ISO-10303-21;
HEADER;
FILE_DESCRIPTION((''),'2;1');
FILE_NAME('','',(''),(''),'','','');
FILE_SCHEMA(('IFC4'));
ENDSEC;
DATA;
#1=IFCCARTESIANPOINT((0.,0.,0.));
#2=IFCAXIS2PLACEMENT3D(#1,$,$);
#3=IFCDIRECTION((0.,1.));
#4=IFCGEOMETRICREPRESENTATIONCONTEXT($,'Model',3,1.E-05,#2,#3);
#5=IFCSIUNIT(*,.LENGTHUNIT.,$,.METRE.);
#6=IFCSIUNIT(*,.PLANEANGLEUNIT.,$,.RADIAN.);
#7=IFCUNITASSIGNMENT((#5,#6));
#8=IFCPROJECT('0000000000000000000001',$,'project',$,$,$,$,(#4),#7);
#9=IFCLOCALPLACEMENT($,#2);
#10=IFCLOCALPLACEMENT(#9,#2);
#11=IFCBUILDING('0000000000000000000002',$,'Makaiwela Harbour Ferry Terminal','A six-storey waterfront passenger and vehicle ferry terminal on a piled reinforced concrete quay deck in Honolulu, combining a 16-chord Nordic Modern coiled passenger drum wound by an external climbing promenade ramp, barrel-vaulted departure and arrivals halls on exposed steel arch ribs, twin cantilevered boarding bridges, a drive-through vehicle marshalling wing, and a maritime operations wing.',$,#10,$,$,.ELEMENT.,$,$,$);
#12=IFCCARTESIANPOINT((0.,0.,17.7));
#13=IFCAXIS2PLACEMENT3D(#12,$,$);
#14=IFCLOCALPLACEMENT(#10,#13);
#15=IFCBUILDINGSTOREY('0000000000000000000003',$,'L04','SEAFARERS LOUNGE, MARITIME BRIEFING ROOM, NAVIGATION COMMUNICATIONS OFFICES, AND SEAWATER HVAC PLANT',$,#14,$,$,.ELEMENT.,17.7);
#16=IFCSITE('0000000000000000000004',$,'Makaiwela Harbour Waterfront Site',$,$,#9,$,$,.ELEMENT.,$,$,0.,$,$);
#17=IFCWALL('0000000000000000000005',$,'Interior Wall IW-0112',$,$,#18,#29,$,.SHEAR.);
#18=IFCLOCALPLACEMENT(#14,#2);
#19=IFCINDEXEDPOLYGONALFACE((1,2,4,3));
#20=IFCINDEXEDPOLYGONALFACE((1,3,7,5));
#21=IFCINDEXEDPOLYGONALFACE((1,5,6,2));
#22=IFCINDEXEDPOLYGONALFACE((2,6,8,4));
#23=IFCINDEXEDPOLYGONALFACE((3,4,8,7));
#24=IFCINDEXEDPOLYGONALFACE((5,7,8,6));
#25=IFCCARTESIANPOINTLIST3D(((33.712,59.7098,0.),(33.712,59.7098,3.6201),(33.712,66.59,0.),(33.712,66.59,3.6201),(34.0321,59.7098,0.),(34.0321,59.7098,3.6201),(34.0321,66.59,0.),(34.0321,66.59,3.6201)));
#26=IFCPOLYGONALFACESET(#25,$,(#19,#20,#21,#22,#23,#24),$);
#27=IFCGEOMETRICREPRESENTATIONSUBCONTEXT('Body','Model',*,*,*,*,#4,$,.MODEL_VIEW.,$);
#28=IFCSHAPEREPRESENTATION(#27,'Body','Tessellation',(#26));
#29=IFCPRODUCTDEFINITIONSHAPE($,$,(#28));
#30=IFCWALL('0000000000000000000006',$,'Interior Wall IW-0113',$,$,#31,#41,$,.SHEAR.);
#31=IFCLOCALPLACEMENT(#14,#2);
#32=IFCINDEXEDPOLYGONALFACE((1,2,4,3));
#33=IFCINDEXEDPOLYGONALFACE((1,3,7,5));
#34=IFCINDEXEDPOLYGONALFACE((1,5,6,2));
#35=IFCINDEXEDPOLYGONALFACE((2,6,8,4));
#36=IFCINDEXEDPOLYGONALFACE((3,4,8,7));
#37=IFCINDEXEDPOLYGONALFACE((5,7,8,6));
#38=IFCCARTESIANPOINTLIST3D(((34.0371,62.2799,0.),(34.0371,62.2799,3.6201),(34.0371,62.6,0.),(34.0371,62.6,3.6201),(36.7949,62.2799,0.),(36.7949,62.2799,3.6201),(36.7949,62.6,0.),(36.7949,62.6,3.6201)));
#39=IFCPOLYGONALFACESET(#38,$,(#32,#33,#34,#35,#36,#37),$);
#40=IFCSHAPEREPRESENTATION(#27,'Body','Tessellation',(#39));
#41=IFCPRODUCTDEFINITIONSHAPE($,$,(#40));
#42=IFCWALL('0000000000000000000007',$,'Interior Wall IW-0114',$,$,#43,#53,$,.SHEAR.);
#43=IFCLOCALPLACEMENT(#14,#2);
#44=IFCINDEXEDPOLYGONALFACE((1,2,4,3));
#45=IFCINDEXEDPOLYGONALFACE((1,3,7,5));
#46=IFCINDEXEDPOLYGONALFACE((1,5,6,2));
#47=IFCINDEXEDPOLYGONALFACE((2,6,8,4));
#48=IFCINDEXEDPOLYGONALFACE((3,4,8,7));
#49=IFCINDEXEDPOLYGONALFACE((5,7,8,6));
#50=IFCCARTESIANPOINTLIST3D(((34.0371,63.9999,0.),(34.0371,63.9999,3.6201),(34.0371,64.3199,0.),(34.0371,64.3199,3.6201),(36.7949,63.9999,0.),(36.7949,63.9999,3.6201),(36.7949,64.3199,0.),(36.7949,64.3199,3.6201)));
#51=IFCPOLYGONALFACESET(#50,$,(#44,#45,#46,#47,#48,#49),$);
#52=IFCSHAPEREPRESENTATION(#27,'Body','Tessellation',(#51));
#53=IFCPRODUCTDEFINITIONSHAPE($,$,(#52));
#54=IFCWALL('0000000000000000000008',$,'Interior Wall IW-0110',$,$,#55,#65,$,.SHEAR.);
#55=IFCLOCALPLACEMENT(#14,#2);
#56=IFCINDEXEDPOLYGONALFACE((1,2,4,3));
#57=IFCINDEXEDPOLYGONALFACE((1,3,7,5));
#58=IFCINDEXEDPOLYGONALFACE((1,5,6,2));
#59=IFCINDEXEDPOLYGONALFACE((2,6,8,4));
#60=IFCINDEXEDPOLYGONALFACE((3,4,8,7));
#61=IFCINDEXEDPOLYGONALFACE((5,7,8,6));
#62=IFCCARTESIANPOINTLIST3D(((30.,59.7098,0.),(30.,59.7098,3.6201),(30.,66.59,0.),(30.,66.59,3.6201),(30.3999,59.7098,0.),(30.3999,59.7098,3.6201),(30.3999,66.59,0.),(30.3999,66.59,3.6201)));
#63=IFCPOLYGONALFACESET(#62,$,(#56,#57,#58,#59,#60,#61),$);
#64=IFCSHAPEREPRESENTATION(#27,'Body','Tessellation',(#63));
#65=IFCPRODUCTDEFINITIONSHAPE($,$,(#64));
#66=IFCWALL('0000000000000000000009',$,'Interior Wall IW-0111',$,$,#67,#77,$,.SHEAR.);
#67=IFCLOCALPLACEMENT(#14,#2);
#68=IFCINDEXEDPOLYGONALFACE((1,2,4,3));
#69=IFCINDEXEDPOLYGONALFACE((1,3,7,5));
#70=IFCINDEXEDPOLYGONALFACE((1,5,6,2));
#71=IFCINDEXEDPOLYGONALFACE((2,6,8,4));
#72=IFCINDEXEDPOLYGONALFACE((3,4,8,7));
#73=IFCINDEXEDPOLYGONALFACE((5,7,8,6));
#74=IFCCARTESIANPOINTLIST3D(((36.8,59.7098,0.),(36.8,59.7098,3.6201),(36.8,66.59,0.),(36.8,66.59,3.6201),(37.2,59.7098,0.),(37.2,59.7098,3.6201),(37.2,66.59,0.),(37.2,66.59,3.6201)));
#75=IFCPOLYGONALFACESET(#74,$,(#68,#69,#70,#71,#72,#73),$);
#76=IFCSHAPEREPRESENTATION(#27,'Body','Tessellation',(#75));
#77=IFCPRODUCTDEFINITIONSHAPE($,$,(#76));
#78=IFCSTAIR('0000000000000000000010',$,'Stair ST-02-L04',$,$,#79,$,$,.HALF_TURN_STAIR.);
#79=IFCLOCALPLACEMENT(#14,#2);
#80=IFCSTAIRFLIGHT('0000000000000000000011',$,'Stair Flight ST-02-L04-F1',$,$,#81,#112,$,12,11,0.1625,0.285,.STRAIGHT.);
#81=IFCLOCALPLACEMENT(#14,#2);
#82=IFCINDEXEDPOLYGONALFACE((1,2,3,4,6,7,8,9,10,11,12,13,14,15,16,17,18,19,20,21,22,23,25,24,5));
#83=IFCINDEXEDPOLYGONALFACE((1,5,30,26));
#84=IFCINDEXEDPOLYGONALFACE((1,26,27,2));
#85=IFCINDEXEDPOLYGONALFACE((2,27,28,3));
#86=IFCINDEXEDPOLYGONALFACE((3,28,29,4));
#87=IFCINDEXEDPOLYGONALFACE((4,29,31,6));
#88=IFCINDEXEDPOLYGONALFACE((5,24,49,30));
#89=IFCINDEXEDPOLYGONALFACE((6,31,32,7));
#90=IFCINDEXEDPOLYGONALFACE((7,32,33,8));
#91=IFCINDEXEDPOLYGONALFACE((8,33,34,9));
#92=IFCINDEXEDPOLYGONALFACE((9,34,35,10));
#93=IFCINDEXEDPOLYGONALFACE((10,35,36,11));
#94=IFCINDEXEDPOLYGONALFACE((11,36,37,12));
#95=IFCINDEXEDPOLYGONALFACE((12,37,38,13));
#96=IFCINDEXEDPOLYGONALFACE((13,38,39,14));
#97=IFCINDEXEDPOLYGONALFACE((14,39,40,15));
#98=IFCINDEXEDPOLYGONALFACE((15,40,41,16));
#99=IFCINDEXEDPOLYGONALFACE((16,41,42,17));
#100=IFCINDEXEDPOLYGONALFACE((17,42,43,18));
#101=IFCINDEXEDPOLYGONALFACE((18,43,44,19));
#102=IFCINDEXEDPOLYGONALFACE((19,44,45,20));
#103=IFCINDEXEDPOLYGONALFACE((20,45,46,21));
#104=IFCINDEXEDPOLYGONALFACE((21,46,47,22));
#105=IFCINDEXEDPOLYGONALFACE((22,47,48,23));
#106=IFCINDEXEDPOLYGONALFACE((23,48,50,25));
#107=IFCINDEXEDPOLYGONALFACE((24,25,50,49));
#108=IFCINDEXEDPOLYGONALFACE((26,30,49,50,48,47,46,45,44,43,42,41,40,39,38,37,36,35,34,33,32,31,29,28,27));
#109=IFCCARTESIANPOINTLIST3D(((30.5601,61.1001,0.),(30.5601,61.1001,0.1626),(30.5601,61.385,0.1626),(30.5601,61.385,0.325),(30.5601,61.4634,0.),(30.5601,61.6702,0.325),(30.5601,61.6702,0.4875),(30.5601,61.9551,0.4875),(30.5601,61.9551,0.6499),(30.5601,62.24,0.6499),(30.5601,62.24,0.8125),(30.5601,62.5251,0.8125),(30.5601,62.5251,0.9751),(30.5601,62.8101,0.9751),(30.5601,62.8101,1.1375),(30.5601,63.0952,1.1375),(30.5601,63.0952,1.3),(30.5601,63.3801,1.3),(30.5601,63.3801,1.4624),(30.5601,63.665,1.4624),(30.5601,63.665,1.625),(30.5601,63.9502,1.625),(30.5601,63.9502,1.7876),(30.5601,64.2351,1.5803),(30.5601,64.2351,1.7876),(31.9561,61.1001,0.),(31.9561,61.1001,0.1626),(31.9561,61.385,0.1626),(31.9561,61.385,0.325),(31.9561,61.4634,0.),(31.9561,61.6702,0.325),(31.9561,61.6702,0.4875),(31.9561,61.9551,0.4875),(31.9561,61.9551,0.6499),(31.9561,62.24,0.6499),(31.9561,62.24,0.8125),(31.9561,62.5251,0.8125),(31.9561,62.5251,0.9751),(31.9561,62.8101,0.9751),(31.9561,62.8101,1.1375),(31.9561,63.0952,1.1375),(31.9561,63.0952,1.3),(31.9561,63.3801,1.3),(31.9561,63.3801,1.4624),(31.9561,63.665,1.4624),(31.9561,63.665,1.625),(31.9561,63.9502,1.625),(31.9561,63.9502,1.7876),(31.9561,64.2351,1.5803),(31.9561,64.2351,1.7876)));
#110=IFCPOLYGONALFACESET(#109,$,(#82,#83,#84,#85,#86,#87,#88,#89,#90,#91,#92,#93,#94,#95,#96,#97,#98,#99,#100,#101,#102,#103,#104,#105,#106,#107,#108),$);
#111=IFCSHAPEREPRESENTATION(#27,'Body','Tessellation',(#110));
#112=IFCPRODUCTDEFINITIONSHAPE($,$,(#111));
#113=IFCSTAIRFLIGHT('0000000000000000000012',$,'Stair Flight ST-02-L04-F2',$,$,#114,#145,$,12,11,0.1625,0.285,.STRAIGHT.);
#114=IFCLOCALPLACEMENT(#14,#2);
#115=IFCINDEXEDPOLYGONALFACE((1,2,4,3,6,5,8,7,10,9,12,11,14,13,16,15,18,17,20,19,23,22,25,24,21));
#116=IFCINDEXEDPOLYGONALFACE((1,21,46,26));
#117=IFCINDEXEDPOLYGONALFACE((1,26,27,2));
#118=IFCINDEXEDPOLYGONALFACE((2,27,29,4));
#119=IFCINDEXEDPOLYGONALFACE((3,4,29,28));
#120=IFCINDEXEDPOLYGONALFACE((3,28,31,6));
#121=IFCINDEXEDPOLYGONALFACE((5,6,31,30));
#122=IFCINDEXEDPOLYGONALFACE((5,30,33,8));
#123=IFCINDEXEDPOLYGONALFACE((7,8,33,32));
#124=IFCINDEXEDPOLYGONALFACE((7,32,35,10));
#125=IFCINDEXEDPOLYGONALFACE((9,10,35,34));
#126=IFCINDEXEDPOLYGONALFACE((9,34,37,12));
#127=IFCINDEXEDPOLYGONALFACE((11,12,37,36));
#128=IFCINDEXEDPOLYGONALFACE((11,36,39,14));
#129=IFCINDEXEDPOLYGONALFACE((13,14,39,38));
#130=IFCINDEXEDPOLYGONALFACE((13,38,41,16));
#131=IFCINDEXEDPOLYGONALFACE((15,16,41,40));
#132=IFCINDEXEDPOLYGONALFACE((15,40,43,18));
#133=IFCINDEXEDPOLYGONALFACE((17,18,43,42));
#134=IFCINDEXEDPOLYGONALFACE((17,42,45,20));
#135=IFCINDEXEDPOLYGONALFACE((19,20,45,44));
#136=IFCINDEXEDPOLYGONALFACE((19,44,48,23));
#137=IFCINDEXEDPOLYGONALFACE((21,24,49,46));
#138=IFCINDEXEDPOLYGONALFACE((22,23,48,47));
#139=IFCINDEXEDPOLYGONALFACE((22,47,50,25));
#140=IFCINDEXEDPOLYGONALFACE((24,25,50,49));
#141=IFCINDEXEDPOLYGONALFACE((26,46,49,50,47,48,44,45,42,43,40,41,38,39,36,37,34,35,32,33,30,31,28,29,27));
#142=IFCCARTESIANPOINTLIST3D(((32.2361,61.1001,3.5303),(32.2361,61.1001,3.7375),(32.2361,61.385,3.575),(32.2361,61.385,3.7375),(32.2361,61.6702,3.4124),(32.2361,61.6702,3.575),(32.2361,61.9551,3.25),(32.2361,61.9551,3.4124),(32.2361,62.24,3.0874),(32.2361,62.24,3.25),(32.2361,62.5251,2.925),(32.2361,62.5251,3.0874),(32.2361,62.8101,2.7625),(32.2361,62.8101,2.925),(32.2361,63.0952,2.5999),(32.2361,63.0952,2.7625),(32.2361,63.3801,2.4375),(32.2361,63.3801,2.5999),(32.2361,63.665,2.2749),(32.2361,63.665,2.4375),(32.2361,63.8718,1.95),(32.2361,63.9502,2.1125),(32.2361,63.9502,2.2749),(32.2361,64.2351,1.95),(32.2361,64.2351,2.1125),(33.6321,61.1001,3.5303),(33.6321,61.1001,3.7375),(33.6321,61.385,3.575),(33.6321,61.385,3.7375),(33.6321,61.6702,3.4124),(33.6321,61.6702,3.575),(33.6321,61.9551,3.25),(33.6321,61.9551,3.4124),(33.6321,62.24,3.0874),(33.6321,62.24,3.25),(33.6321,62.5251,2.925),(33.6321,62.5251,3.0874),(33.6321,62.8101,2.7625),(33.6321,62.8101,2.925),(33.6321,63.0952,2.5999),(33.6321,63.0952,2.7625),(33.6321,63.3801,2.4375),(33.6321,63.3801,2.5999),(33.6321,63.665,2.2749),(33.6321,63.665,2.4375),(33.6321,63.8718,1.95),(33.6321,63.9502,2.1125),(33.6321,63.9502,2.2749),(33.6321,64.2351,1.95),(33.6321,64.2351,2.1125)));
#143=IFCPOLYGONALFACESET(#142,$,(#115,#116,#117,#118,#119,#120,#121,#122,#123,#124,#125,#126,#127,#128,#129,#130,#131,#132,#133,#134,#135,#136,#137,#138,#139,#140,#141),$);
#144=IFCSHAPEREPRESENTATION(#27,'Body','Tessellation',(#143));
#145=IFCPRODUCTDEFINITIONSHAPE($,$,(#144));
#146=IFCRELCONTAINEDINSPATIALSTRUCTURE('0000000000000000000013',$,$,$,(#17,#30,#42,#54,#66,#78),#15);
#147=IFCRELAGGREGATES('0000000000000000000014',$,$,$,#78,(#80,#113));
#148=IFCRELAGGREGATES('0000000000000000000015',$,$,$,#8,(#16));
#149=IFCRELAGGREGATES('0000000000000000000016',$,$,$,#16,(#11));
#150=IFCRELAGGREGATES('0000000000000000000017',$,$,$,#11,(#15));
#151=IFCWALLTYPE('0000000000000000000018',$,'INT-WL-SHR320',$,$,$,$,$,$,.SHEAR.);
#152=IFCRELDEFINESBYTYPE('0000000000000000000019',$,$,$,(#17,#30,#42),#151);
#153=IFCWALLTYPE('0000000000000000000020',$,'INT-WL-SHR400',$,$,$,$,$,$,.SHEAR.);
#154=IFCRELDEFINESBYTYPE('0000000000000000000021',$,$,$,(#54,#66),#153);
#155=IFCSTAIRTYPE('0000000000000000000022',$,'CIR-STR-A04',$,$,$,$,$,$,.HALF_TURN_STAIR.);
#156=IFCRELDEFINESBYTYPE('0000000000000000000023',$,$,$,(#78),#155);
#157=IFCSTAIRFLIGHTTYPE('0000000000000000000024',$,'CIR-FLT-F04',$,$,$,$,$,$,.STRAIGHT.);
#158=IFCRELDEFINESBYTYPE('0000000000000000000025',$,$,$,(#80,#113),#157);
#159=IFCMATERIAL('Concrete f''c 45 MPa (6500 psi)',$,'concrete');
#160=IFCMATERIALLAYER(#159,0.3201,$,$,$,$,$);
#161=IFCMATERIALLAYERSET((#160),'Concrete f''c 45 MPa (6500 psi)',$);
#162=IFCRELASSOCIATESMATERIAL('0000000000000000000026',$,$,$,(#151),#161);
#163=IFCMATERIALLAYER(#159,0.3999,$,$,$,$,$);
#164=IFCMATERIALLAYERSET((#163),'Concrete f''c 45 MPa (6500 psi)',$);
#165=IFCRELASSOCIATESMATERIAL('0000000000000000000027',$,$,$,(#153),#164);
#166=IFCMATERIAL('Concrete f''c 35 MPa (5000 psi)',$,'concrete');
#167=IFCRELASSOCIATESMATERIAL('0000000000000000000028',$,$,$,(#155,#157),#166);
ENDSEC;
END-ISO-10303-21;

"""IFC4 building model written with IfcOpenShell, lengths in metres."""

from ifc_helpers import new_model, si_unit, direction, frame, frame_2d, origin, place, context, subcontext, project, spatial, polyline, rectangle, outline, extrude, material, layer, layer_set, type_object, element, aggregate, save


model = new_model("IFC4")

# Units and contexts
model_context = context("Model", 3, precision=1e-05, world=origin(), true_north=direction((0.0, 1.0)))
body_context = subcontext(model_context, "Body", "Model", "MODEL_VIEW")
ifc_project = project(units=[si_unit("LENGTHUNIT", "METRE"), si_unit("PLANEANGLEUNIT", "RADIAN")], contexts=[model_context])

# Site, building, storey
site_placement = place(None, origin())
site = spatial("IfcSite", under=ifc_project, at=site_placement, Name="Makaiwela Harbour Waterfront Site", CompositionType="ELEMENT", RefElevation=0.0)
building_placement = place(site_placement, origin())
building = spatial("IfcBuilding", under=site, at=building_placement, Name="Makaiwela Harbour Ferry Terminal", Description="A six-storey waterfront passenger and vehicle ferry terminal on a piled reinforced concrete quay deck in Honolulu, combining a 16-chord Nordic Modern coiled passenger drum wound by an external climbing promenade ramp, barrel-vaulted departure and arrivals halls on exposed steel arch ribs, twin cantilevered boarding bridges, a drive-through vehicle marshalling wing, and a maritime operations wing.", CompositionType="ELEMENT")
storey_placement = place(building_placement, frame((0.0, 0.0, 17.7)))
storey = spatial("IfcBuildingStorey", under=building, at=storey_placement, Name="L04", Description="SEAFARERS LOUNGE, MARITIME BRIEFING ROOM, NAVIGATION COMMUNICATIONS OFFICES, AND SEAWATER HVAC PLANT", CompositionType="ELEMENT", Elevation=17.7)

# Walls
ifc_material_1 = material(Name="Concrete f'c 45 MPa (6500 psi)", Category="concrete")
ifc_layer_1 = layer(ifc_material_1, 0.3201)
ifc_layer_set_1 = layer_set([ifc_layer_1], Name="Concrete f'c 45 MPa (6500 psi)")
wall_type_1 = type_object("IfcWallType", Name="INT-WL-SHR320", PredefinedType="SHEAR", material=ifc_layer_set_1)
wall_1_placement = place(storey_placement, frame((33.8721, 59.71, 0.0), z_axis=(0.0, 0.0, 1.0), x_axis=(0.0, 1.0, 0.0)))
element("IfcWall", 1, at=wall_1_placement, inside=storey, type_object=wall_type_1, Name="Interior Wall IW-0112", PredefinedType="SHEAR", context=body_context, shape_type="SweptSolid", body=[
    extrude(rectangle(XDim=6.8801, YDim=0.3201, at=frame_2d((3.4399, 0.0))), origin(), (0.0, 0.0, 1.0), 3.6201),
])
for number, where, z_axis, x_axis, name in (
    (2, (34.0371, 62.4399, 0.0), (0.0, 0.0, 1.0), (1.0, 0.0, 0.0), "Interior Wall IW-0113"),
    (3, (34.0371, 64.1599, 0.0), (0.0, 0.0, 1.0), (1.0, 0.0, 0.0), "Interior Wall IW-0114"),
):
    element("IfcWall", number, at=place(storey_placement, frame(where, z_axis=z_axis, x_axis=x_axis)), inside=storey, type_object=wall_type_1, Name=name, PredefinedType="SHEAR", context=body_context, shape_type="SweptSolid", body=[
        extrude(rectangle(XDim=2.7578, YDim=0.3201, at=frame_2d((1.3789, 0.0))), origin(), (0.0, 0.0, 1.0), 3.6201),
    ])

# Shared definitions
ifc_layer_2 = layer(ifc_material_1, 0.3999)
ifc_layer_set_2 = layer_set([ifc_layer_2], Name="Concrete f'c 45 MPa (6500 psi)")
wall_type_2 = type_object("IfcWallType", Name="INT-WL-SHR400", PredefinedType="SHEAR", material=ifc_layer_set_2)

# Walls
for number, where, z_axis, x_axis, name in (
    (4, (30.2, 59.71, 0.0), (0.0, 0.0, 1.0), (0.0, 1.0, 0.0), "Interior Wall IW-0110"),
    (5, (37.0, 59.71, 0.0), (0.0, 0.0, 1.0), (0.0, 1.0, 0.0), "Interior Wall IW-0111"),
):
    element("IfcWall", number, at=place(storey_placement, frame(where, z_axis=z_axis, x_axis=x_axis)), inside=storey, type_object=wall_type_2, Name=name, PredefinedType="SHEAR", context=body_context, shape_type="SweptSolid", body=[
        extrude(rectangle(XDim=6.8801, YDim=0.3999, at=frame_2d((3.4399, 0.0))), origin(), (0.0, 0.0, 1.0), 3.6201),
    ])

# Stair, stair flights
ifc_material_2 = material(Name="Concrete f'c 35 MPa (5000 psi)", Category="concrete")
stair_type = type_object("IfcStairType", Name="CIR-STR-A04", PredefinedType="HALF_TURN_STAIR", material=ifc_material_2)
stair_placement = place(storey_placement, origin())
stair = element("IfcStair", 6, at=stair_placement, inside=storey, type_object=stair_type, Name="Stair ST-02-L04", PredefinedType="HALF_TURN_STAIR")
stair_flight_type = type_object("IfcStairFlightType", Name="CIR-FLT-F04", PredefinedType="STRAIGHT", material=ifc_material_2)
stair_flight_1_placement = place(storey_placement, frame((31.2581, 61.1001, 0.0), z_axis=(0.0, 0.0, 1.0), x_axis=(0.0, 1.0, 0.0)))
stair_flight_1 = element("IfcStairFlight", 7, at=stair_flight_1_placement, type_object=stair_flight_type, Name="Stair Flight ST-02-L04-F1", NumberOfRisers=12, NumberOfTreads=11, PredefinedType="STRAIGHT", RiserHeight=0.1625, TreadLength=0.285, context=body_context, shape_type="SweptSolid", body=[
    extrude(outline(polyline([(0.0, 0.0), (0.0, 0.1626), (0.2849, 0.1626), (0.2849, 0.325), (0.5701, 0.325), (0.5701, 0.4875), (0.855, 0.4875), (0.855, 0.6499), (1.1399, 0.6499), (1.1399, 0.8125), (1.425, 0.8125), (1.425, 0.9751), (1.71, 0.9751), (1.71, 1.1375), (1.9951, 1.1375), (1.9951, 1.3), (2.28, 1.3), (2.28, 1.4624), (2.5649, 1.4624), (2.5649, 1.625), (2.8501, 1.625), (2.8501, 1.7876), (3.135, 1.7876), (3.135, 1.95), (3.135, 1.5803), (0.3633, 0.0), (0.0, 0.0)])), frame((0.0, 0.698, 0.0), z_axis=(0.0, -1.0, 0.0), x_axis=(1.0, 0.0, 0.0)), (0.0, 0.0, 1.0), 1.396),
])
stair_flight_2_placement = place(storey_placement, frame((32.9341, 64.2351, 1.95), z_axis=(0.0, 0.0, 1.0), x_axis=(0.0, -1.0, 0.0)))
stair_flight_2 = element("IfcStairFlight", 8, at=stair_flight_2_placement, type_object=stair_flight_type, Name="Stair Flight ST-02-L04-F2", NumberOfRisers=12, NumberOfTreads=11, PredefinedType="STRAIGHT", RiserHeight=0.1625, TreadLength=0.285, context=body_context, shape_type="SweptSolid", body=[
    extrude(outline(polyline([(0.0, 0.0), (0.0, 0.1626), (0.2849, 0.1626), (0.2849, 0.325), (0.5701, 0.325), (0.5701, 0.4875), (0.855, 0.4875), (0.855, 0.6499), (1.1399, 0.6499), (1.1399, 0.8125), (1.425, 0.8125), (1.425, 0.9751), (1.71, 0.9751), (1.71, 1.1375), (1.9951, 1.1375), (1.9951, 1.3), (2.28, 1.3), (2.28, 1.4624), (2.5649, 1.4624), (2.5649, 1.625), (2.8501, 1.625), (2.8501, 1.7876), (3.135, 1.7876), (3.135, 1.95), (3.135, 1.5803), (0.3633, 0.0), (0.0, 0.0)])), frame((0.0, 0.698, 0.0), z_axis=(0.0, -1.0, 0.0), x_axis=(1.0, 0.0, 0.0)), (0.0, 0.0, 1.0), 1.396),
])
aggregate(stair, [stair_flight_1, stair_flight_2])

save(model, "model.ifc")
